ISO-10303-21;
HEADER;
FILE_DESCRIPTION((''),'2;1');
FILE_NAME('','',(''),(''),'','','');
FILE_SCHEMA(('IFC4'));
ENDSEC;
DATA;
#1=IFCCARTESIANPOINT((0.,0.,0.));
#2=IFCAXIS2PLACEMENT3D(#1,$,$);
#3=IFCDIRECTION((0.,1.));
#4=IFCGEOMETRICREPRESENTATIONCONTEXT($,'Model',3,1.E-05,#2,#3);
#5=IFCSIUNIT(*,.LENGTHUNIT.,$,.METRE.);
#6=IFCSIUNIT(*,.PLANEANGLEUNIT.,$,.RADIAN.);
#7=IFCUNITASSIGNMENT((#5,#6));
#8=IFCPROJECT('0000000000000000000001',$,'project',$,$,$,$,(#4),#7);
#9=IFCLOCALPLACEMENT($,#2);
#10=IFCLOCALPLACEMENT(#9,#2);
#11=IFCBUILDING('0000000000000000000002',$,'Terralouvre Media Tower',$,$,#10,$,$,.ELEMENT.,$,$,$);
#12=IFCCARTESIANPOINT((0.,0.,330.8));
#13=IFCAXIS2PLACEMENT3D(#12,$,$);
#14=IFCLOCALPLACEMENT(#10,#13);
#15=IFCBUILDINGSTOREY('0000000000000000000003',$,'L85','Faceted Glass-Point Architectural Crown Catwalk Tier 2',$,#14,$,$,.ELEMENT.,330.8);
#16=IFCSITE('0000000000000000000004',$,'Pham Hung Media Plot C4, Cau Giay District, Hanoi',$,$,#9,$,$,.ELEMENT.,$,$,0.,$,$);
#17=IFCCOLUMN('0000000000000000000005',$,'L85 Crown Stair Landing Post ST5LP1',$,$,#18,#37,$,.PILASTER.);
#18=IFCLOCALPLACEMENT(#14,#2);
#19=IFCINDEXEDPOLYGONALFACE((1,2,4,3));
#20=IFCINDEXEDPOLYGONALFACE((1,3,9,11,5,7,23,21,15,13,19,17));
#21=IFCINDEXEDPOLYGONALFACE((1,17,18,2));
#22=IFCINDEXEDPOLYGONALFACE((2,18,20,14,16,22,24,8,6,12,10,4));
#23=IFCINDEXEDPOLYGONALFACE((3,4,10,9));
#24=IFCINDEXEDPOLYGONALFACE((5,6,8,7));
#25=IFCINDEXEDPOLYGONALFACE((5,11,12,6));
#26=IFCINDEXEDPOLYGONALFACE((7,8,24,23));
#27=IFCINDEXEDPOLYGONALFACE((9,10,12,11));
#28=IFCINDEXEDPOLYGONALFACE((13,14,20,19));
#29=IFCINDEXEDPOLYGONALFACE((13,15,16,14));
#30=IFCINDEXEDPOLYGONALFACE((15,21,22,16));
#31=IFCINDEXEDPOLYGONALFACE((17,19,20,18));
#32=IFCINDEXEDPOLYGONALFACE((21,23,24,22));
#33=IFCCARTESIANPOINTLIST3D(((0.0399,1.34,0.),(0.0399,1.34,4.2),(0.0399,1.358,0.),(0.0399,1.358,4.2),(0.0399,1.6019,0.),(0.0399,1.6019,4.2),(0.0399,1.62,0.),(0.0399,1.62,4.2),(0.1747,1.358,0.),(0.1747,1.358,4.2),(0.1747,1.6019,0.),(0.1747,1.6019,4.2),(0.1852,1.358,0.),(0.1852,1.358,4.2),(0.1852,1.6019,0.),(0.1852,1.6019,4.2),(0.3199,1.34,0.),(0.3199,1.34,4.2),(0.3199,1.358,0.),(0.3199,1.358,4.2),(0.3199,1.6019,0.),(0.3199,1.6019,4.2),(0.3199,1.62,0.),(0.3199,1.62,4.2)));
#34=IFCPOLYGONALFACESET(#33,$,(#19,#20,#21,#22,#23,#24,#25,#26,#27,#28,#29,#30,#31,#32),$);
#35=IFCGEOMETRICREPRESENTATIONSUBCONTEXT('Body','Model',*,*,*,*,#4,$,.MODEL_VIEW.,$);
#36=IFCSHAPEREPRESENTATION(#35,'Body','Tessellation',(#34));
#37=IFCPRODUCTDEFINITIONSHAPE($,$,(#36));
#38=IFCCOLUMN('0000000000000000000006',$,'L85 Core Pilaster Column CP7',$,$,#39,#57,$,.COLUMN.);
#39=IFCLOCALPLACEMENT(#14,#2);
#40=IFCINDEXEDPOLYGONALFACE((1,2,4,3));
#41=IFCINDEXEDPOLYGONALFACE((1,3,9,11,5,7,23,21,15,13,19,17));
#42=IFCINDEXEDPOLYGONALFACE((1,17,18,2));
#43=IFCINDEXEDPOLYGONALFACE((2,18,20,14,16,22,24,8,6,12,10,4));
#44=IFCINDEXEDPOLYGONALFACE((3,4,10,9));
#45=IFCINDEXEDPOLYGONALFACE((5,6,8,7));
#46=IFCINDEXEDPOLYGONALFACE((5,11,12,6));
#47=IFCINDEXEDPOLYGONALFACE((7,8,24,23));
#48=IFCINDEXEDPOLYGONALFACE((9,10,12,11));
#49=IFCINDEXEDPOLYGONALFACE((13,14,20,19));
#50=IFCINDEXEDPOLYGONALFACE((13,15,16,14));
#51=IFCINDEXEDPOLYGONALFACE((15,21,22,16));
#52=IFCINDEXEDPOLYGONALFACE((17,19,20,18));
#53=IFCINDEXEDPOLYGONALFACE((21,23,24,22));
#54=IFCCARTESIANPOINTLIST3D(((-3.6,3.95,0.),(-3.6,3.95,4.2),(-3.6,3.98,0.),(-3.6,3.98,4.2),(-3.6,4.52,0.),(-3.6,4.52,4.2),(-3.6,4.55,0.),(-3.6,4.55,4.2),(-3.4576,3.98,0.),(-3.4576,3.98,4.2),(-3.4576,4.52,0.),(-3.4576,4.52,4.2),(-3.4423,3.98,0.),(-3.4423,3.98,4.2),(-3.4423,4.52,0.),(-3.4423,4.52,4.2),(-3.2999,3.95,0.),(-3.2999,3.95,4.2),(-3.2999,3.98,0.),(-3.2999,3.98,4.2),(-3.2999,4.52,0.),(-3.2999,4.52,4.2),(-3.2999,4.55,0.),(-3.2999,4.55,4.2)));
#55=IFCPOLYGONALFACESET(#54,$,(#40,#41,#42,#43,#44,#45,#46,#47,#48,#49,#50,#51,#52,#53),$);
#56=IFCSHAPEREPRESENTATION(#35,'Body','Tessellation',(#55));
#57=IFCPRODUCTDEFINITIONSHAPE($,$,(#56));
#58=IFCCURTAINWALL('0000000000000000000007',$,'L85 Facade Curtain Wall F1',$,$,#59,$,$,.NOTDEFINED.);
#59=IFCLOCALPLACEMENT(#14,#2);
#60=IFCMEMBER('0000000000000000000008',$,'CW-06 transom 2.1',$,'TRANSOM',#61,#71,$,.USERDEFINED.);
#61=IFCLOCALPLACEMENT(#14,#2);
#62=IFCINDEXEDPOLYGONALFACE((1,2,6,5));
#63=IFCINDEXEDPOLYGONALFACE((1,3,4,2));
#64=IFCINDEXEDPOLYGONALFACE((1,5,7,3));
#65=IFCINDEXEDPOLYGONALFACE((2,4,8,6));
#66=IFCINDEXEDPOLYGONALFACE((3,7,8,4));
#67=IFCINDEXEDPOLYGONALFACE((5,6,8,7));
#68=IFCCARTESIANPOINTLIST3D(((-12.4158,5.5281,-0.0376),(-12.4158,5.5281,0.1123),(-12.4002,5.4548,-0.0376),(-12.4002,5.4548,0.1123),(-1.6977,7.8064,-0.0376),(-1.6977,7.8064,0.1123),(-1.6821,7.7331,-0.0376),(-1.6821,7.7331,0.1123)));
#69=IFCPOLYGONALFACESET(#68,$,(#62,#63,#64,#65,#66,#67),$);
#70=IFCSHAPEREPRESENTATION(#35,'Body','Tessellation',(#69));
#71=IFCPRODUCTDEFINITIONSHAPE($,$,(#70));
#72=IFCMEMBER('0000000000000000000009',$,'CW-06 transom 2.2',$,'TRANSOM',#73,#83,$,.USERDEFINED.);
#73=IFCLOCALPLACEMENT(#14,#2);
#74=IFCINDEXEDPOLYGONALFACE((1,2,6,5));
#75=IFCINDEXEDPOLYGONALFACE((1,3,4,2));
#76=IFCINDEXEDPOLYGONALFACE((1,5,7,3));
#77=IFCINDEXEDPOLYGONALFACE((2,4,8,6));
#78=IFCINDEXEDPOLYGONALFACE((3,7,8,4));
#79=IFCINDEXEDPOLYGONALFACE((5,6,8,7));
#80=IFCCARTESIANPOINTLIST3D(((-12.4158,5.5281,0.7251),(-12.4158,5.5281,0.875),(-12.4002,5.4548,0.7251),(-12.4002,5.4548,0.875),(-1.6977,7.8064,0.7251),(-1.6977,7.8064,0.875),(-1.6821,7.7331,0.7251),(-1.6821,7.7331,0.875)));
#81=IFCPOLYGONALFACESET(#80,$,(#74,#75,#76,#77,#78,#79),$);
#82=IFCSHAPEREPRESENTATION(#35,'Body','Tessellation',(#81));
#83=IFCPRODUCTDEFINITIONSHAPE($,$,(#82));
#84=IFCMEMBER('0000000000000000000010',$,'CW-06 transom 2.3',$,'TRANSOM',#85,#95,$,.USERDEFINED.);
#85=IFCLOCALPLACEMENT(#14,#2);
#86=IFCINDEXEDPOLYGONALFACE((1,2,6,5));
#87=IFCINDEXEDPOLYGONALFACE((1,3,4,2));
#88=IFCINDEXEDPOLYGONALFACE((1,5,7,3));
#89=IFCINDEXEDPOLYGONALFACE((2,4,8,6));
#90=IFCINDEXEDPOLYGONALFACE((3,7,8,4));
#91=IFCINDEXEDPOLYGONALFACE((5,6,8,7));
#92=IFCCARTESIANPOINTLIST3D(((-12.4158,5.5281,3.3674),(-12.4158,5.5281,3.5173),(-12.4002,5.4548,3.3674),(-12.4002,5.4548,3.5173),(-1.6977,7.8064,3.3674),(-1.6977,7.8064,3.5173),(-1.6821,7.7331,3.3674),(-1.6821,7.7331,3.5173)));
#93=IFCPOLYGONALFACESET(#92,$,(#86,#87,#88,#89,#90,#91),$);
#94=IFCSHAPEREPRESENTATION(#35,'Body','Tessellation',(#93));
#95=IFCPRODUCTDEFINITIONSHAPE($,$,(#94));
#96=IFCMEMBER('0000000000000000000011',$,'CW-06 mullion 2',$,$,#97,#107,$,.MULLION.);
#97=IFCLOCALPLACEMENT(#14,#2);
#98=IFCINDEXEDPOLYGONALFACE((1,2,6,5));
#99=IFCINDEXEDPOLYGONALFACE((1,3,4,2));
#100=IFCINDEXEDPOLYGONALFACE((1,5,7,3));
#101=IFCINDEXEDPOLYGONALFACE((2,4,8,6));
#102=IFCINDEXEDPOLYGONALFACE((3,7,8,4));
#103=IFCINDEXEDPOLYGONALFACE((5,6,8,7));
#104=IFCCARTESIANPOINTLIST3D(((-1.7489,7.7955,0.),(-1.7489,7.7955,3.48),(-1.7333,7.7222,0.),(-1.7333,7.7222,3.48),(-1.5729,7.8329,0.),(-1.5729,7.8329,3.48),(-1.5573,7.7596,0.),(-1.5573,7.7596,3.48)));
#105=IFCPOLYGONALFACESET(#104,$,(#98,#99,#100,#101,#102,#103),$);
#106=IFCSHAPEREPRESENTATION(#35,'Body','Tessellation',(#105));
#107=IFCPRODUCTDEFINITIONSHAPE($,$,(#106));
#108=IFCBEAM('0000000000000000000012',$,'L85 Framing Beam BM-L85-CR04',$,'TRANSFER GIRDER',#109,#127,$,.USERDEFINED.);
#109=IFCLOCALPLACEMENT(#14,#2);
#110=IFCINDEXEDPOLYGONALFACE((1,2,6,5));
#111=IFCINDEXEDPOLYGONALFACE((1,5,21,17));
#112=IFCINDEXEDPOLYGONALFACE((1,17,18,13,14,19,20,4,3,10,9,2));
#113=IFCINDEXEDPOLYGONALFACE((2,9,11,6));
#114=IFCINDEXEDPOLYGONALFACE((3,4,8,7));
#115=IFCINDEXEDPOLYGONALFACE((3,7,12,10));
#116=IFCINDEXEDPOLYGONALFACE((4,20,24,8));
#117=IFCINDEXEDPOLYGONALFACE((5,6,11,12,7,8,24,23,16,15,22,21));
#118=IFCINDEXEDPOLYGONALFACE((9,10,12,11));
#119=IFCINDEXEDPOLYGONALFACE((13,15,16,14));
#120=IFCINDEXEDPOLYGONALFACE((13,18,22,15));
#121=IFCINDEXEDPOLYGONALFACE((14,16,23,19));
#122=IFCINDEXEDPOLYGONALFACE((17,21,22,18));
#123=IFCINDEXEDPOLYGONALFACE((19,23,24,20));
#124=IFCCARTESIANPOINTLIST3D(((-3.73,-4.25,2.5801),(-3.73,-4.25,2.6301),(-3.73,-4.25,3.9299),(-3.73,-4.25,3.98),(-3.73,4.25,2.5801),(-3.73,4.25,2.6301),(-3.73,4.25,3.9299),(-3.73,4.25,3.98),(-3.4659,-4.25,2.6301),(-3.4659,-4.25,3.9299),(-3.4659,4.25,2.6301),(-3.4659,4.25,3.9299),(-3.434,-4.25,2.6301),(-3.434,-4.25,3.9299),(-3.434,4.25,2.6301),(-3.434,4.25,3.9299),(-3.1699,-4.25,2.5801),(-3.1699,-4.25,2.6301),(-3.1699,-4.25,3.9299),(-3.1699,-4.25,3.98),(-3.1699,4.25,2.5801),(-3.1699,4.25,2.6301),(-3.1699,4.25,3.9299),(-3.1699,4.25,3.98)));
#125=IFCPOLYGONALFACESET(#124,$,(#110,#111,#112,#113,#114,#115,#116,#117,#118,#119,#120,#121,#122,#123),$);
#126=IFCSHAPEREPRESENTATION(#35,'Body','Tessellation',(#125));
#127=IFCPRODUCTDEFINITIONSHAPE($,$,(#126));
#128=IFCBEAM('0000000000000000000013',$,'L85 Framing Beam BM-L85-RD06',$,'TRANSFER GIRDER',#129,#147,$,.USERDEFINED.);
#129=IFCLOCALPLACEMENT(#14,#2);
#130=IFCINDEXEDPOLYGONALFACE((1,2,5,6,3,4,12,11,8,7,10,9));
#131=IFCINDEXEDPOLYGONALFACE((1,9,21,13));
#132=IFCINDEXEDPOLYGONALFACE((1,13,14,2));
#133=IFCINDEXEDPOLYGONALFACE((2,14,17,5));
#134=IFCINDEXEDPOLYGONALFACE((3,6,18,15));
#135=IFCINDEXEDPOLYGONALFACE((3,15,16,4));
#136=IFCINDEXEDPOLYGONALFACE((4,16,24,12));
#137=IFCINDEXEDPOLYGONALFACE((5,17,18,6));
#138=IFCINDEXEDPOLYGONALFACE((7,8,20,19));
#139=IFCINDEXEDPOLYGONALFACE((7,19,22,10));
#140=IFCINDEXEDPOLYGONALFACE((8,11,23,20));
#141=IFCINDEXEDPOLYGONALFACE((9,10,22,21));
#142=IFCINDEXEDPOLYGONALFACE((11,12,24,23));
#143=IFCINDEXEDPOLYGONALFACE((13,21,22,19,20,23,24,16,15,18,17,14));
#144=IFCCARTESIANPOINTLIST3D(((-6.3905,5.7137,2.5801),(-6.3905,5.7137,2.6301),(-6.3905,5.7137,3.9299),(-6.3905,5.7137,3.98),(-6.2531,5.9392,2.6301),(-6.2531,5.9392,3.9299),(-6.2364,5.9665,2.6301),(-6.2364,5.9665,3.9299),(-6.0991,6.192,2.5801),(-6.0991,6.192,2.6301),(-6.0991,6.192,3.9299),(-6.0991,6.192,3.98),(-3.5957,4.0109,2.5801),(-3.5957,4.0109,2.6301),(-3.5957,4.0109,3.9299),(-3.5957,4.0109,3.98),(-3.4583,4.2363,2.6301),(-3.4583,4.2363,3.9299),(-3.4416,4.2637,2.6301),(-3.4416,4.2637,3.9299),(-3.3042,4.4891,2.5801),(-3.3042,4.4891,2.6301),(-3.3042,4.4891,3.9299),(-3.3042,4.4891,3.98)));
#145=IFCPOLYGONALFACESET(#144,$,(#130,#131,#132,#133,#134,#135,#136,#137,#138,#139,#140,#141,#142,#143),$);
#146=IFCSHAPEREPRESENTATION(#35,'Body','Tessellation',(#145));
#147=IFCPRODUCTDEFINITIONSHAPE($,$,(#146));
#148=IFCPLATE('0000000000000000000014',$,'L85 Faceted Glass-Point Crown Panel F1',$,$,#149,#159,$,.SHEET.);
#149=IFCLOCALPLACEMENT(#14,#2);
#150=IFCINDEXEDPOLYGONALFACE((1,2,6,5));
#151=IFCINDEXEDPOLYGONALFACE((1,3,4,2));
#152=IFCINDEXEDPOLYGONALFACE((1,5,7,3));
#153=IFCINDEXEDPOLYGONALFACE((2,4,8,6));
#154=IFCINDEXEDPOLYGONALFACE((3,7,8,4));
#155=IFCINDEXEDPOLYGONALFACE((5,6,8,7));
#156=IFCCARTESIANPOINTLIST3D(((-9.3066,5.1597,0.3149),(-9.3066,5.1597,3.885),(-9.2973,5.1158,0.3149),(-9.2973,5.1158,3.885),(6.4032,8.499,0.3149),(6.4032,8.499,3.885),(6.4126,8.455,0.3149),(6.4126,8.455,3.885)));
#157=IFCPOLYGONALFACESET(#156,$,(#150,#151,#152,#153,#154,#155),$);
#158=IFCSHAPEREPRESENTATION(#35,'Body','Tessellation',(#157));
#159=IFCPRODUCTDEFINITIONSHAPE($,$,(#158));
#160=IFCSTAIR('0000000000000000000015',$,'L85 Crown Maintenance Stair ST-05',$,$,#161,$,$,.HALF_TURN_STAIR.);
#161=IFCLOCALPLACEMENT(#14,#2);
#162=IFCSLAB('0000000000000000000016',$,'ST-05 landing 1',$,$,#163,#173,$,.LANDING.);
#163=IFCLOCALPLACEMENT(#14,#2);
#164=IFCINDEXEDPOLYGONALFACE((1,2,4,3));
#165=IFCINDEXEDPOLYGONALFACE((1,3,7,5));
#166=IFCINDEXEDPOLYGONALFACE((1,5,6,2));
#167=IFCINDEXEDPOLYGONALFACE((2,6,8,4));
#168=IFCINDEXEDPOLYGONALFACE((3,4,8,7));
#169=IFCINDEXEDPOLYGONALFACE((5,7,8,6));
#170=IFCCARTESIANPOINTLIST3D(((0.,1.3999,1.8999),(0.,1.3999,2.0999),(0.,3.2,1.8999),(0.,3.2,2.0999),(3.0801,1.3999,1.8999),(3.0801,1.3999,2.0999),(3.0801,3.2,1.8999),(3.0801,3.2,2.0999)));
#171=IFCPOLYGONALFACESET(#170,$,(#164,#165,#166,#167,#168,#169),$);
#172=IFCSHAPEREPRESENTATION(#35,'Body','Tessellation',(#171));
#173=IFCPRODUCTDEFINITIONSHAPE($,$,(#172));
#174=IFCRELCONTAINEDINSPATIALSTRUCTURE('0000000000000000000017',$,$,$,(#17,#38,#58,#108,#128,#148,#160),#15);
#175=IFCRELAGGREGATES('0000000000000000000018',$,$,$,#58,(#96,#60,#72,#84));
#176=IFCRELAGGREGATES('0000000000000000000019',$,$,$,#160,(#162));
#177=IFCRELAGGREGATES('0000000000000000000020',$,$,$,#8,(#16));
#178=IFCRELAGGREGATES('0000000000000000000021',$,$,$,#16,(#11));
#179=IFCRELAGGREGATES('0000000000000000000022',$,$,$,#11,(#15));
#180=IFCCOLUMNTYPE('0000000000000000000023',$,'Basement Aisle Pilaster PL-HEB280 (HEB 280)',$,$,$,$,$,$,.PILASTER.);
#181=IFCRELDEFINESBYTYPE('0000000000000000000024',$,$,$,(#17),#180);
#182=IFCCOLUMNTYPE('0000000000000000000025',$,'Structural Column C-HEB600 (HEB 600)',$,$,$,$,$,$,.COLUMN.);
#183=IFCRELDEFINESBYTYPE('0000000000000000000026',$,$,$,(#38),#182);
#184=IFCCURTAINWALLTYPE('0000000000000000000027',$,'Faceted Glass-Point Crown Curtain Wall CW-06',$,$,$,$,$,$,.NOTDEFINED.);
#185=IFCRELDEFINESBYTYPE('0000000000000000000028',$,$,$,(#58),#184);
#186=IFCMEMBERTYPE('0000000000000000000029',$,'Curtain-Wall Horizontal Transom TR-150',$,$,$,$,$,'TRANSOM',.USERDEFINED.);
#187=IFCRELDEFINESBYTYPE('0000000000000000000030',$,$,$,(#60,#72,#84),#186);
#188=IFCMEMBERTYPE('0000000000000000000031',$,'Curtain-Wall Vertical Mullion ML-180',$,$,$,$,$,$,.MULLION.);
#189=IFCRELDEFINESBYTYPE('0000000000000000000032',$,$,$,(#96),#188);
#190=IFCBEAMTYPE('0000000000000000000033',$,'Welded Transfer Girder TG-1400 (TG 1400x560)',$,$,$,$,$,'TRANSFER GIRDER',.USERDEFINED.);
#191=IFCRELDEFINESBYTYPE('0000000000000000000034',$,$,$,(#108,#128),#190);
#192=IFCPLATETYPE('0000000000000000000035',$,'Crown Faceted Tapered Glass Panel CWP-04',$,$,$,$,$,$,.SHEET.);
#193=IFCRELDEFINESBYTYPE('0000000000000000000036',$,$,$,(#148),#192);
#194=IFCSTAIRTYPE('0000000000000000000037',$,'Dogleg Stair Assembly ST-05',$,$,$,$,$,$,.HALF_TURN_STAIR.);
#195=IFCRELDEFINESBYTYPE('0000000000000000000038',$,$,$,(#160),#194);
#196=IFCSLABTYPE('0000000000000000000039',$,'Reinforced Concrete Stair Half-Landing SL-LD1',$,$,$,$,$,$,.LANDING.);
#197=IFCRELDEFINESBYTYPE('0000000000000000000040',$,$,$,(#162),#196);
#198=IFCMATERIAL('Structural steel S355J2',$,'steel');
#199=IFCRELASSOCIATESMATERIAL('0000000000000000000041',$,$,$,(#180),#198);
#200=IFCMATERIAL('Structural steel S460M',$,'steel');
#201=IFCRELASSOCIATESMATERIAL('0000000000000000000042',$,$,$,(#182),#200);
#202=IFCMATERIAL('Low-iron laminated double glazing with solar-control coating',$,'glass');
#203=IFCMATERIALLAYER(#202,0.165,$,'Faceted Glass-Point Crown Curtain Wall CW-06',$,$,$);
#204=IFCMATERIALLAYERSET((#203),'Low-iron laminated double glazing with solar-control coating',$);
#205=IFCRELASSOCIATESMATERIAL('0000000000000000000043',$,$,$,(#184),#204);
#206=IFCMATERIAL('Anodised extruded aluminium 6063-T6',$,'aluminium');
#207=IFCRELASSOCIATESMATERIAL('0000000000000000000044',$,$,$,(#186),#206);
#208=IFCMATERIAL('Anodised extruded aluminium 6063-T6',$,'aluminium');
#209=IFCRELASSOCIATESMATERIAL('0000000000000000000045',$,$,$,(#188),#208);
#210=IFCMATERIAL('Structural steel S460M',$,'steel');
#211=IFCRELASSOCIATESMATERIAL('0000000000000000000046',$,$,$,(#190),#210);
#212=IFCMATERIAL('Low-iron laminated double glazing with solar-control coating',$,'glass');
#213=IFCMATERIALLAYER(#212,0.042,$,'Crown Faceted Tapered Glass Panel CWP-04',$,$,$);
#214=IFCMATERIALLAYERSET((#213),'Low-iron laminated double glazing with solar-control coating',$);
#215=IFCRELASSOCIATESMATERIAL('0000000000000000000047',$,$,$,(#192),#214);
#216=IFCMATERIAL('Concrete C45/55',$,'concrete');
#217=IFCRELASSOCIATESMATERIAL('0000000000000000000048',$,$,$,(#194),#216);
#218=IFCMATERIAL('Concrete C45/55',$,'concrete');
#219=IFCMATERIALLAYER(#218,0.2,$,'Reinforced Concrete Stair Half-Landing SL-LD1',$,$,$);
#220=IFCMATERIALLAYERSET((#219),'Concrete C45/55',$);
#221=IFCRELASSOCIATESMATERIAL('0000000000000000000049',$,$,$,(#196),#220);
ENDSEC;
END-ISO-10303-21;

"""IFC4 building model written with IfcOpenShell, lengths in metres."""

from ifc_helpers import new_model, si_unit, direction, frame, origin, origin_2d, place, context, subcontext, project, spatial, polyline, rectangle, i_section, outline, extrude, material, layer, layer_set, material_profile, profile_set, type_object, element, aggregate, save


model = new_model("IFC4")

# Units and contexts
model_context = context("Model", 3, precision=1e-05, world=origin(), true_north=direction((0.0, 1.0)))
body_context = subcontext(model_context, "Body", "Model", "MODEL_VIEW")
ifc_project = project(units=[si_unit("LENGTHUNIT", "METRE"), si_unit("PLANEANGLEUNIT", "RADIAN")], contexts=[model_context])

# Site, building, storey
site_placement = place(None, origin())
site = spatial("IfcSite", under=ifc_project, at=site_placement, Name="Pham Hung Media Plot C4, Cau Giay District, Hanoi", CompositionType="ELEMENT", RefElevation=0.0)
building_placement = place(site_placement, origin())
building = spatial("IfcBuilding", under=site, at=building_placement, Name="Terralouvre Media Tower", CompositionType="ELEMENT")
storey_placement = place(building_placement, frame((0.0, 0.0, 330.8)))
storey = spatial("IfcBuildingStorey", under=building, at=storey_placement, Name="L85", Description="Faceted Glass-Point Architectural Crown Catwalk Tier 2", CompositionType="ELEMENT", Elevation=330.8)

# Columns
ifc_material_1 = material(Name="Structural steel S355J2", Category="steel")
ifc_material_profile_1 = material_profile(ifc_material_1, i_section(OverallWidth=0.28, OverallDepth=0.28, WebThickness=0.0105, FlangeThickness=0.0181, at=origin_2d()), Name="HEB 280")
ifc_profile_set_1 = profile_set([ifc_material_profile_1], Name="Structural steel S355J2")
column_type_1 = type_object("IfcColumnType", Name="Basement Aisle Pilaster PL-HEB280 (HEB 280)", PredefinedType="PILASTER", material=ifc_profile_set_1)
column_1_placement = place(storey_placement, frame((0.1799, 1.48, 0.0), z_axis=(0.0, 0.0, 1.0), x_axis=(1.0, 0.0, 0.0)))
element("IfcColumn", 1, at=column_1_placement, inside=storey, type_object=column_type_1, Name="L85 Crown Stair Landing Post ST5LP1", PredefinedType="PILASTER", context=body_context, shape_type="SweptSolid", body=[
    extrude(i_section(OverallWidth=0.28, OverallDepth=0.28, WebThickness=0.0105, FlangeThickness=0.0181, at=origin_2d()), origin(), (0.0, 0.0, 1.0), 4.2),
])
ifc_material_2 = material(Name="Structural steel S460M", Category="steel")
ifc_material_profile_2 = material_profile(ifc_material_2, i_section(OverallWidth=0.3, OverallDepth=0.6001, WebThickness=0.0154, FlangeThickness=0.03, at=origin_2d()), Name="HEB 600")
ifc_profile_set_2 = profile_set([ifc_material_profile_2], Name="Structural steel S460M")
column_type_2 = type_object("IfcColumnType", Name="Structural Column C-HEB600 (HEB 600)", PredefinedType="COLUMN", material=ifc_profile_set_2)
column_2_placement = place(storey_placement, frame((-3.45, 4.25, 0.0), z_axis=(0.0, 0.0, 1.0), x_axis=(1.0, 0.0, 0.0)))
element("IfcColumn", 2, at=column_2_placement, inside=storey, type_object=column_type_2, Name="L85 Core Pilaster Column CP7", PredefinedType="COLUMN", context=body_context, shape_type="SweptSolid", body=[
    extrude(i_section(OverallWidth=0.3, OverallDepth=0.6001, WebThickness=0.0154, FlangeThickness=0.03, at=origin_2d()), origin(), (0.0, 0.0, 1.0), 4.2),
])

# Curtain wall, members
ifc_material_3 = material(Name="Low-iron laminated double glazing with solar-control coating", Category="glass")
ifc_layer_1 = layer(ifc_material_3, 0.165, Name="Faceted Glass-Point Crown Curtain Wall CW-06")
ifc_layer_set_1 = layer_set([ifc_layer_1], Name="Low-iron laminated double glazing with solar-control coating")
curtain_wall_type = type_object("IfcCurtainWallType", Name="Faceted Glass-Point Crown Curtain Wall CW-06", PredefinedType="NOTDEFINED", material=ifc_layer_set_1)
curtain_wall_placement = place(storey_placement, origin())
curtain_wall = element("IfcCurtainWall", 3, at=curtain_wall_placement, inside=storey, type_object=curtain_wall_type, Name="L85 Facade Curtain Wall F1", PredefinedType="NOTDEFINED")
ifc_material_4 = material(Name="Anodised extruded aluminium 6063-T6", Category="aluminium")
ifc_material_profile_3 = material_profile(ifc_material_4, rectangle(XDim=0.075, YDim=0.1499, at=origin_2d()), Name="ALU 75x150")
ifc_profile_set_3 = profile_set([ifc_material_profile_3], Name="Anodised extruded aluminium 6063-T6")
member_type_1 = type_object("IfcMemberType", Name="Curtain-Wall Horizontal Transom TR-150", ElementType="TRANSOM", PredefinedType="USERDEFINED", material=ifc_profile_set_3)
member_1_placement = place(storey_placement, frame((-1.6899, 7.7698, 0.0374), z_axis=(-0.978145, -0.207924, 0.0), x_axis=(0.207924, -0.978145, 0.0)))
member_1 = element("IfcMember", 4, at=member_1_placement, type_object=member_type_1, Name="CW-06 transom 2.1", ObjectType="TRANSOM", PredefinedType="USERDEFINED", context=body_context, shape_type="SweptSolid", body=[
    extrude(rectangle(XDim=0.075, YDim=0.1499, at=origin_2d()), origin(), (0.0, 0.0, 1.0), 10.9575),
])
member_2_placement = place(storey_placement, frame((-1.6899, 7.7698, 0.8), z_axis=(-0.978145, -0.207924, 0.0), x_axis=(0.207924, -0.978145, 0.0)))
member_2 = element("IfcMember", 5, at=member_2_placement, type_object=member_type_1, Name="CW-06 transom 2.2", ObjectType="TRANSOM", PredefinedType="USERDEFINED", context=body_context, shape_type="SweptSolid", body=[
    extrude(rectangle(XDim=0.075, YDim=0.1499, at=origin_2d()), origin(), (0.0, 0.0, 1.0), 10.9575),
])
member_3_placement = place(storey_placement, frame((-1.6899, 7.7698, 3.4424), z_axis=(-0.978145, -0.207924, 0.0), x_axis=(0.207924, -0.978145, 0.0)))
member_3 = element("IfcMember", 6, at=member_3_placement, type_object=member_type_1, Name="CW-06 transom 2.3", ObjectType="TRANSOM", PredefinedType="USERDEFINED", context=body_context, shape_type="SweptSolid", body=[
    extrude(rectangle(XDim=0.075, YDim=0.1499, at=origin_2d()), origin(), (0.0, 0.0, 1.0), 10.9575),
])
ifc_material_5 = material(Name="Anodised extruded aluminium 6063-T6", Category="aluminium")
ifc_material_profile_4 = material_profile(ifc_material_5, rectangle(XDim=0.075, YDim=0.1799, at=origin_2d()), Name="ALU 75x180")
ifc_profile_set_4 = profile_set([ifc_material_profile_4], Name="Anodised extruded aluminium 6063-T6")
member_type_2 = type_object("IfcMemberType", Name="Curtain-Wall Vertical Mullion ML-180", PredefinedType="MULLION", material=ifc_profile_set_4)
member_4_placement = place(storey_placement, frame((-1.6531, 7.7776, 0.0), z_axis=(0.0, 0.0, 1.0), x_axis=(0.207912, -0.978148, 0.0)))
member_4 = element("IfcMember", 7, at=member_4_placement, type_object=member_type_2, Name="CW-06 mullion 2", PredefinedType="MULLION", context=body_context, shape_type="SweptSolid", body=[
    extrude(rectangle(XDim=0.075, YDim=0.1799, at=origin_2d()), origin(), (0.0, 0.0, 1.0), 3.48),
])
aggregate(curtain_wall, [member_4, member_1, member_2, member_3])

# Beams
ifc_material_6 = material(Name="Structural steel S460M", Category="steel")
ifc_material_profile_5 = material_profile(ifc_material_6, i_section(OverallWidth=0.5601, OverallDepth=1.3999, WebThickness=0.032, FlangeThickness=0.05, at=origin_2d()), Name="TG 1400x560")
ifc_profile_set_5 = profile_set([ifc_material_profile_5], Name="Structural steel S460M")
beam_type = type_object("IfcBeamType", Name="Welded Transfer Girder TG-1400 (TG 1400x560)", ElementType="TRANSFER GIRDER", PredefinedType="USERDEFINED", material=ifc_profile_set_5)
beam_1_placement = place(storey_placement, frame((-3.45, 4.25, 3.28), z_axis=(0.0, -1.0, 0.0), x_axis=(1.0, 0.0, 0.0)))
element("IfcBeam", 8, at=beam_1_placement, inside=storey, type_object=beam_type, Name="L85 Framing Beam BM-L85-CR04", ObjectType="TRANSFER GIRDER", PredefinedType="USERDEFINED", context=body_context, shape_type="SweptSolid", body=[
    extrude(i_section(OverallWidth=0.5601, OverallDepth=1.3999, WebThickness=0.032, FlangeThickness=0.05, at=origin_2d()), origin(), (0.0, 0.0, 1.0), 8.5),
])
beam_2_placement = place(storey_placement, frame((-3.45, 4.25, 3.28), z_axis=(-0.853978, 0.520309, 0.0), x_axis=(-0.520309, -0.853978, 0.0)))
element("IfcBeam", 9, at=beam_2_placement, inside=storey, type_object=beam_type, Name="L85 Framing Beam BM-L85-RD06", ObjectType="TRANSFER GIRDER", PredefinedType="USERDEFINED", context=body_context, shape_type="SweptSolid", body=[
    extrude(i_section(OverallWidth=0.5601, OverallDepth=1.3999, WebThickness=0.032, FlangeThickness=0.05, at=origin_2d()), origin(), (0.0, 0.0, 1.0), 3.2727),
])

# Plate
ifc_material_7 = material(Name="Low-iron laminated double glazing with solar-control coating", Category="glass")
ifc_layer_2 = layer(ifc_material_7, 0.042, Name="Crown Faceted Tapered Glass Panel CWP-04")
ifc_layer_set_2 = layer_set([ifc_layer_2], Name="Low-iron laminated double glazing with solar-control coating")
plate_type = type_object("IfcPlateType", Name="Crown Faceted Tapered Glass Panel CWP-04", PredefinedType="SHEET", material=ifc_layer_set_2)
plate_placement = place(storey_placement, frame((-1.447, 6.8074, 0.3149), z_axis=(0.0, 0.0, 1.0), x_axis=(-0.978148, -0.207912, 0.0)))
element("IfcPlate", 10, at=plate_placement, inside=storey, type_object=plate_type, Name="L85 Faceted Glass-Point Crown Panel F1", PredefinedType="SHEET", context=body_context, shape_type="SweptSolid", body=[
    extrude(rectangle(XDim=16.0608, YDim=0.0449, at=origin_2d()), origin(), (0.0, 0.0, 1.0), 3.5701),
])

# Stair, slab
ifc_material_8 = material(Name="Concrete C45/55", Category="concrete")
stair_type = type_object("IfcStairType", Name="Dogleg Stair Assembly ST-05", PredefinedType="HALF_TURN_STAIR", material=ifc_material_8)
stair_placement = place(storey_placement, origin())
stair = element("IfcStair", 11, at=stair_placement, inside=storey, type_object=stair_type, Name="L85 Crown Maintenance Stair ST-05", PredefinedType="HALF_TURN_STAIR")
ifc_material_9 = material(Name="Concrete C45/55", Category="concrete")
ifc_layer_3 = layer(ifc_material_9, 0.2, Name="Reinforced Concrete Stair Half-Landing SL-LD1")
ifc_layer_set_3 = layer_set([ifc_layer_3], Name="Concrete C45/55")
slab_type_1 = type_object("IfcSlabType", Name="Reinforced Concrete Stair Half-Landing SL-LD1", PredefinedType="LANDING", material=ifc_layer_set_3)
slab_1_placement = place(storey_placement, frame((0.0, 0.0, 1.8999)))
slab_1 = element("IfcSlab", 12, at=slab_1_placement, type_object=slab_type_1, Name="ST-05 landing 1", PredefinedType="LANDING", context=body_context, shape_type="SweptSolid", body=[
    extrude(outline(polyline([(3.0801, 1.3999), (3.0801, 3.2), (0.0, 3.2), (0.0, 1.3999), (3.0801, 1.3999)])), origin(), (0.0, 0.0, 1.0), 0.2),
])
aggregate(stair, [slab_1])

save(model, "model.ifc")
